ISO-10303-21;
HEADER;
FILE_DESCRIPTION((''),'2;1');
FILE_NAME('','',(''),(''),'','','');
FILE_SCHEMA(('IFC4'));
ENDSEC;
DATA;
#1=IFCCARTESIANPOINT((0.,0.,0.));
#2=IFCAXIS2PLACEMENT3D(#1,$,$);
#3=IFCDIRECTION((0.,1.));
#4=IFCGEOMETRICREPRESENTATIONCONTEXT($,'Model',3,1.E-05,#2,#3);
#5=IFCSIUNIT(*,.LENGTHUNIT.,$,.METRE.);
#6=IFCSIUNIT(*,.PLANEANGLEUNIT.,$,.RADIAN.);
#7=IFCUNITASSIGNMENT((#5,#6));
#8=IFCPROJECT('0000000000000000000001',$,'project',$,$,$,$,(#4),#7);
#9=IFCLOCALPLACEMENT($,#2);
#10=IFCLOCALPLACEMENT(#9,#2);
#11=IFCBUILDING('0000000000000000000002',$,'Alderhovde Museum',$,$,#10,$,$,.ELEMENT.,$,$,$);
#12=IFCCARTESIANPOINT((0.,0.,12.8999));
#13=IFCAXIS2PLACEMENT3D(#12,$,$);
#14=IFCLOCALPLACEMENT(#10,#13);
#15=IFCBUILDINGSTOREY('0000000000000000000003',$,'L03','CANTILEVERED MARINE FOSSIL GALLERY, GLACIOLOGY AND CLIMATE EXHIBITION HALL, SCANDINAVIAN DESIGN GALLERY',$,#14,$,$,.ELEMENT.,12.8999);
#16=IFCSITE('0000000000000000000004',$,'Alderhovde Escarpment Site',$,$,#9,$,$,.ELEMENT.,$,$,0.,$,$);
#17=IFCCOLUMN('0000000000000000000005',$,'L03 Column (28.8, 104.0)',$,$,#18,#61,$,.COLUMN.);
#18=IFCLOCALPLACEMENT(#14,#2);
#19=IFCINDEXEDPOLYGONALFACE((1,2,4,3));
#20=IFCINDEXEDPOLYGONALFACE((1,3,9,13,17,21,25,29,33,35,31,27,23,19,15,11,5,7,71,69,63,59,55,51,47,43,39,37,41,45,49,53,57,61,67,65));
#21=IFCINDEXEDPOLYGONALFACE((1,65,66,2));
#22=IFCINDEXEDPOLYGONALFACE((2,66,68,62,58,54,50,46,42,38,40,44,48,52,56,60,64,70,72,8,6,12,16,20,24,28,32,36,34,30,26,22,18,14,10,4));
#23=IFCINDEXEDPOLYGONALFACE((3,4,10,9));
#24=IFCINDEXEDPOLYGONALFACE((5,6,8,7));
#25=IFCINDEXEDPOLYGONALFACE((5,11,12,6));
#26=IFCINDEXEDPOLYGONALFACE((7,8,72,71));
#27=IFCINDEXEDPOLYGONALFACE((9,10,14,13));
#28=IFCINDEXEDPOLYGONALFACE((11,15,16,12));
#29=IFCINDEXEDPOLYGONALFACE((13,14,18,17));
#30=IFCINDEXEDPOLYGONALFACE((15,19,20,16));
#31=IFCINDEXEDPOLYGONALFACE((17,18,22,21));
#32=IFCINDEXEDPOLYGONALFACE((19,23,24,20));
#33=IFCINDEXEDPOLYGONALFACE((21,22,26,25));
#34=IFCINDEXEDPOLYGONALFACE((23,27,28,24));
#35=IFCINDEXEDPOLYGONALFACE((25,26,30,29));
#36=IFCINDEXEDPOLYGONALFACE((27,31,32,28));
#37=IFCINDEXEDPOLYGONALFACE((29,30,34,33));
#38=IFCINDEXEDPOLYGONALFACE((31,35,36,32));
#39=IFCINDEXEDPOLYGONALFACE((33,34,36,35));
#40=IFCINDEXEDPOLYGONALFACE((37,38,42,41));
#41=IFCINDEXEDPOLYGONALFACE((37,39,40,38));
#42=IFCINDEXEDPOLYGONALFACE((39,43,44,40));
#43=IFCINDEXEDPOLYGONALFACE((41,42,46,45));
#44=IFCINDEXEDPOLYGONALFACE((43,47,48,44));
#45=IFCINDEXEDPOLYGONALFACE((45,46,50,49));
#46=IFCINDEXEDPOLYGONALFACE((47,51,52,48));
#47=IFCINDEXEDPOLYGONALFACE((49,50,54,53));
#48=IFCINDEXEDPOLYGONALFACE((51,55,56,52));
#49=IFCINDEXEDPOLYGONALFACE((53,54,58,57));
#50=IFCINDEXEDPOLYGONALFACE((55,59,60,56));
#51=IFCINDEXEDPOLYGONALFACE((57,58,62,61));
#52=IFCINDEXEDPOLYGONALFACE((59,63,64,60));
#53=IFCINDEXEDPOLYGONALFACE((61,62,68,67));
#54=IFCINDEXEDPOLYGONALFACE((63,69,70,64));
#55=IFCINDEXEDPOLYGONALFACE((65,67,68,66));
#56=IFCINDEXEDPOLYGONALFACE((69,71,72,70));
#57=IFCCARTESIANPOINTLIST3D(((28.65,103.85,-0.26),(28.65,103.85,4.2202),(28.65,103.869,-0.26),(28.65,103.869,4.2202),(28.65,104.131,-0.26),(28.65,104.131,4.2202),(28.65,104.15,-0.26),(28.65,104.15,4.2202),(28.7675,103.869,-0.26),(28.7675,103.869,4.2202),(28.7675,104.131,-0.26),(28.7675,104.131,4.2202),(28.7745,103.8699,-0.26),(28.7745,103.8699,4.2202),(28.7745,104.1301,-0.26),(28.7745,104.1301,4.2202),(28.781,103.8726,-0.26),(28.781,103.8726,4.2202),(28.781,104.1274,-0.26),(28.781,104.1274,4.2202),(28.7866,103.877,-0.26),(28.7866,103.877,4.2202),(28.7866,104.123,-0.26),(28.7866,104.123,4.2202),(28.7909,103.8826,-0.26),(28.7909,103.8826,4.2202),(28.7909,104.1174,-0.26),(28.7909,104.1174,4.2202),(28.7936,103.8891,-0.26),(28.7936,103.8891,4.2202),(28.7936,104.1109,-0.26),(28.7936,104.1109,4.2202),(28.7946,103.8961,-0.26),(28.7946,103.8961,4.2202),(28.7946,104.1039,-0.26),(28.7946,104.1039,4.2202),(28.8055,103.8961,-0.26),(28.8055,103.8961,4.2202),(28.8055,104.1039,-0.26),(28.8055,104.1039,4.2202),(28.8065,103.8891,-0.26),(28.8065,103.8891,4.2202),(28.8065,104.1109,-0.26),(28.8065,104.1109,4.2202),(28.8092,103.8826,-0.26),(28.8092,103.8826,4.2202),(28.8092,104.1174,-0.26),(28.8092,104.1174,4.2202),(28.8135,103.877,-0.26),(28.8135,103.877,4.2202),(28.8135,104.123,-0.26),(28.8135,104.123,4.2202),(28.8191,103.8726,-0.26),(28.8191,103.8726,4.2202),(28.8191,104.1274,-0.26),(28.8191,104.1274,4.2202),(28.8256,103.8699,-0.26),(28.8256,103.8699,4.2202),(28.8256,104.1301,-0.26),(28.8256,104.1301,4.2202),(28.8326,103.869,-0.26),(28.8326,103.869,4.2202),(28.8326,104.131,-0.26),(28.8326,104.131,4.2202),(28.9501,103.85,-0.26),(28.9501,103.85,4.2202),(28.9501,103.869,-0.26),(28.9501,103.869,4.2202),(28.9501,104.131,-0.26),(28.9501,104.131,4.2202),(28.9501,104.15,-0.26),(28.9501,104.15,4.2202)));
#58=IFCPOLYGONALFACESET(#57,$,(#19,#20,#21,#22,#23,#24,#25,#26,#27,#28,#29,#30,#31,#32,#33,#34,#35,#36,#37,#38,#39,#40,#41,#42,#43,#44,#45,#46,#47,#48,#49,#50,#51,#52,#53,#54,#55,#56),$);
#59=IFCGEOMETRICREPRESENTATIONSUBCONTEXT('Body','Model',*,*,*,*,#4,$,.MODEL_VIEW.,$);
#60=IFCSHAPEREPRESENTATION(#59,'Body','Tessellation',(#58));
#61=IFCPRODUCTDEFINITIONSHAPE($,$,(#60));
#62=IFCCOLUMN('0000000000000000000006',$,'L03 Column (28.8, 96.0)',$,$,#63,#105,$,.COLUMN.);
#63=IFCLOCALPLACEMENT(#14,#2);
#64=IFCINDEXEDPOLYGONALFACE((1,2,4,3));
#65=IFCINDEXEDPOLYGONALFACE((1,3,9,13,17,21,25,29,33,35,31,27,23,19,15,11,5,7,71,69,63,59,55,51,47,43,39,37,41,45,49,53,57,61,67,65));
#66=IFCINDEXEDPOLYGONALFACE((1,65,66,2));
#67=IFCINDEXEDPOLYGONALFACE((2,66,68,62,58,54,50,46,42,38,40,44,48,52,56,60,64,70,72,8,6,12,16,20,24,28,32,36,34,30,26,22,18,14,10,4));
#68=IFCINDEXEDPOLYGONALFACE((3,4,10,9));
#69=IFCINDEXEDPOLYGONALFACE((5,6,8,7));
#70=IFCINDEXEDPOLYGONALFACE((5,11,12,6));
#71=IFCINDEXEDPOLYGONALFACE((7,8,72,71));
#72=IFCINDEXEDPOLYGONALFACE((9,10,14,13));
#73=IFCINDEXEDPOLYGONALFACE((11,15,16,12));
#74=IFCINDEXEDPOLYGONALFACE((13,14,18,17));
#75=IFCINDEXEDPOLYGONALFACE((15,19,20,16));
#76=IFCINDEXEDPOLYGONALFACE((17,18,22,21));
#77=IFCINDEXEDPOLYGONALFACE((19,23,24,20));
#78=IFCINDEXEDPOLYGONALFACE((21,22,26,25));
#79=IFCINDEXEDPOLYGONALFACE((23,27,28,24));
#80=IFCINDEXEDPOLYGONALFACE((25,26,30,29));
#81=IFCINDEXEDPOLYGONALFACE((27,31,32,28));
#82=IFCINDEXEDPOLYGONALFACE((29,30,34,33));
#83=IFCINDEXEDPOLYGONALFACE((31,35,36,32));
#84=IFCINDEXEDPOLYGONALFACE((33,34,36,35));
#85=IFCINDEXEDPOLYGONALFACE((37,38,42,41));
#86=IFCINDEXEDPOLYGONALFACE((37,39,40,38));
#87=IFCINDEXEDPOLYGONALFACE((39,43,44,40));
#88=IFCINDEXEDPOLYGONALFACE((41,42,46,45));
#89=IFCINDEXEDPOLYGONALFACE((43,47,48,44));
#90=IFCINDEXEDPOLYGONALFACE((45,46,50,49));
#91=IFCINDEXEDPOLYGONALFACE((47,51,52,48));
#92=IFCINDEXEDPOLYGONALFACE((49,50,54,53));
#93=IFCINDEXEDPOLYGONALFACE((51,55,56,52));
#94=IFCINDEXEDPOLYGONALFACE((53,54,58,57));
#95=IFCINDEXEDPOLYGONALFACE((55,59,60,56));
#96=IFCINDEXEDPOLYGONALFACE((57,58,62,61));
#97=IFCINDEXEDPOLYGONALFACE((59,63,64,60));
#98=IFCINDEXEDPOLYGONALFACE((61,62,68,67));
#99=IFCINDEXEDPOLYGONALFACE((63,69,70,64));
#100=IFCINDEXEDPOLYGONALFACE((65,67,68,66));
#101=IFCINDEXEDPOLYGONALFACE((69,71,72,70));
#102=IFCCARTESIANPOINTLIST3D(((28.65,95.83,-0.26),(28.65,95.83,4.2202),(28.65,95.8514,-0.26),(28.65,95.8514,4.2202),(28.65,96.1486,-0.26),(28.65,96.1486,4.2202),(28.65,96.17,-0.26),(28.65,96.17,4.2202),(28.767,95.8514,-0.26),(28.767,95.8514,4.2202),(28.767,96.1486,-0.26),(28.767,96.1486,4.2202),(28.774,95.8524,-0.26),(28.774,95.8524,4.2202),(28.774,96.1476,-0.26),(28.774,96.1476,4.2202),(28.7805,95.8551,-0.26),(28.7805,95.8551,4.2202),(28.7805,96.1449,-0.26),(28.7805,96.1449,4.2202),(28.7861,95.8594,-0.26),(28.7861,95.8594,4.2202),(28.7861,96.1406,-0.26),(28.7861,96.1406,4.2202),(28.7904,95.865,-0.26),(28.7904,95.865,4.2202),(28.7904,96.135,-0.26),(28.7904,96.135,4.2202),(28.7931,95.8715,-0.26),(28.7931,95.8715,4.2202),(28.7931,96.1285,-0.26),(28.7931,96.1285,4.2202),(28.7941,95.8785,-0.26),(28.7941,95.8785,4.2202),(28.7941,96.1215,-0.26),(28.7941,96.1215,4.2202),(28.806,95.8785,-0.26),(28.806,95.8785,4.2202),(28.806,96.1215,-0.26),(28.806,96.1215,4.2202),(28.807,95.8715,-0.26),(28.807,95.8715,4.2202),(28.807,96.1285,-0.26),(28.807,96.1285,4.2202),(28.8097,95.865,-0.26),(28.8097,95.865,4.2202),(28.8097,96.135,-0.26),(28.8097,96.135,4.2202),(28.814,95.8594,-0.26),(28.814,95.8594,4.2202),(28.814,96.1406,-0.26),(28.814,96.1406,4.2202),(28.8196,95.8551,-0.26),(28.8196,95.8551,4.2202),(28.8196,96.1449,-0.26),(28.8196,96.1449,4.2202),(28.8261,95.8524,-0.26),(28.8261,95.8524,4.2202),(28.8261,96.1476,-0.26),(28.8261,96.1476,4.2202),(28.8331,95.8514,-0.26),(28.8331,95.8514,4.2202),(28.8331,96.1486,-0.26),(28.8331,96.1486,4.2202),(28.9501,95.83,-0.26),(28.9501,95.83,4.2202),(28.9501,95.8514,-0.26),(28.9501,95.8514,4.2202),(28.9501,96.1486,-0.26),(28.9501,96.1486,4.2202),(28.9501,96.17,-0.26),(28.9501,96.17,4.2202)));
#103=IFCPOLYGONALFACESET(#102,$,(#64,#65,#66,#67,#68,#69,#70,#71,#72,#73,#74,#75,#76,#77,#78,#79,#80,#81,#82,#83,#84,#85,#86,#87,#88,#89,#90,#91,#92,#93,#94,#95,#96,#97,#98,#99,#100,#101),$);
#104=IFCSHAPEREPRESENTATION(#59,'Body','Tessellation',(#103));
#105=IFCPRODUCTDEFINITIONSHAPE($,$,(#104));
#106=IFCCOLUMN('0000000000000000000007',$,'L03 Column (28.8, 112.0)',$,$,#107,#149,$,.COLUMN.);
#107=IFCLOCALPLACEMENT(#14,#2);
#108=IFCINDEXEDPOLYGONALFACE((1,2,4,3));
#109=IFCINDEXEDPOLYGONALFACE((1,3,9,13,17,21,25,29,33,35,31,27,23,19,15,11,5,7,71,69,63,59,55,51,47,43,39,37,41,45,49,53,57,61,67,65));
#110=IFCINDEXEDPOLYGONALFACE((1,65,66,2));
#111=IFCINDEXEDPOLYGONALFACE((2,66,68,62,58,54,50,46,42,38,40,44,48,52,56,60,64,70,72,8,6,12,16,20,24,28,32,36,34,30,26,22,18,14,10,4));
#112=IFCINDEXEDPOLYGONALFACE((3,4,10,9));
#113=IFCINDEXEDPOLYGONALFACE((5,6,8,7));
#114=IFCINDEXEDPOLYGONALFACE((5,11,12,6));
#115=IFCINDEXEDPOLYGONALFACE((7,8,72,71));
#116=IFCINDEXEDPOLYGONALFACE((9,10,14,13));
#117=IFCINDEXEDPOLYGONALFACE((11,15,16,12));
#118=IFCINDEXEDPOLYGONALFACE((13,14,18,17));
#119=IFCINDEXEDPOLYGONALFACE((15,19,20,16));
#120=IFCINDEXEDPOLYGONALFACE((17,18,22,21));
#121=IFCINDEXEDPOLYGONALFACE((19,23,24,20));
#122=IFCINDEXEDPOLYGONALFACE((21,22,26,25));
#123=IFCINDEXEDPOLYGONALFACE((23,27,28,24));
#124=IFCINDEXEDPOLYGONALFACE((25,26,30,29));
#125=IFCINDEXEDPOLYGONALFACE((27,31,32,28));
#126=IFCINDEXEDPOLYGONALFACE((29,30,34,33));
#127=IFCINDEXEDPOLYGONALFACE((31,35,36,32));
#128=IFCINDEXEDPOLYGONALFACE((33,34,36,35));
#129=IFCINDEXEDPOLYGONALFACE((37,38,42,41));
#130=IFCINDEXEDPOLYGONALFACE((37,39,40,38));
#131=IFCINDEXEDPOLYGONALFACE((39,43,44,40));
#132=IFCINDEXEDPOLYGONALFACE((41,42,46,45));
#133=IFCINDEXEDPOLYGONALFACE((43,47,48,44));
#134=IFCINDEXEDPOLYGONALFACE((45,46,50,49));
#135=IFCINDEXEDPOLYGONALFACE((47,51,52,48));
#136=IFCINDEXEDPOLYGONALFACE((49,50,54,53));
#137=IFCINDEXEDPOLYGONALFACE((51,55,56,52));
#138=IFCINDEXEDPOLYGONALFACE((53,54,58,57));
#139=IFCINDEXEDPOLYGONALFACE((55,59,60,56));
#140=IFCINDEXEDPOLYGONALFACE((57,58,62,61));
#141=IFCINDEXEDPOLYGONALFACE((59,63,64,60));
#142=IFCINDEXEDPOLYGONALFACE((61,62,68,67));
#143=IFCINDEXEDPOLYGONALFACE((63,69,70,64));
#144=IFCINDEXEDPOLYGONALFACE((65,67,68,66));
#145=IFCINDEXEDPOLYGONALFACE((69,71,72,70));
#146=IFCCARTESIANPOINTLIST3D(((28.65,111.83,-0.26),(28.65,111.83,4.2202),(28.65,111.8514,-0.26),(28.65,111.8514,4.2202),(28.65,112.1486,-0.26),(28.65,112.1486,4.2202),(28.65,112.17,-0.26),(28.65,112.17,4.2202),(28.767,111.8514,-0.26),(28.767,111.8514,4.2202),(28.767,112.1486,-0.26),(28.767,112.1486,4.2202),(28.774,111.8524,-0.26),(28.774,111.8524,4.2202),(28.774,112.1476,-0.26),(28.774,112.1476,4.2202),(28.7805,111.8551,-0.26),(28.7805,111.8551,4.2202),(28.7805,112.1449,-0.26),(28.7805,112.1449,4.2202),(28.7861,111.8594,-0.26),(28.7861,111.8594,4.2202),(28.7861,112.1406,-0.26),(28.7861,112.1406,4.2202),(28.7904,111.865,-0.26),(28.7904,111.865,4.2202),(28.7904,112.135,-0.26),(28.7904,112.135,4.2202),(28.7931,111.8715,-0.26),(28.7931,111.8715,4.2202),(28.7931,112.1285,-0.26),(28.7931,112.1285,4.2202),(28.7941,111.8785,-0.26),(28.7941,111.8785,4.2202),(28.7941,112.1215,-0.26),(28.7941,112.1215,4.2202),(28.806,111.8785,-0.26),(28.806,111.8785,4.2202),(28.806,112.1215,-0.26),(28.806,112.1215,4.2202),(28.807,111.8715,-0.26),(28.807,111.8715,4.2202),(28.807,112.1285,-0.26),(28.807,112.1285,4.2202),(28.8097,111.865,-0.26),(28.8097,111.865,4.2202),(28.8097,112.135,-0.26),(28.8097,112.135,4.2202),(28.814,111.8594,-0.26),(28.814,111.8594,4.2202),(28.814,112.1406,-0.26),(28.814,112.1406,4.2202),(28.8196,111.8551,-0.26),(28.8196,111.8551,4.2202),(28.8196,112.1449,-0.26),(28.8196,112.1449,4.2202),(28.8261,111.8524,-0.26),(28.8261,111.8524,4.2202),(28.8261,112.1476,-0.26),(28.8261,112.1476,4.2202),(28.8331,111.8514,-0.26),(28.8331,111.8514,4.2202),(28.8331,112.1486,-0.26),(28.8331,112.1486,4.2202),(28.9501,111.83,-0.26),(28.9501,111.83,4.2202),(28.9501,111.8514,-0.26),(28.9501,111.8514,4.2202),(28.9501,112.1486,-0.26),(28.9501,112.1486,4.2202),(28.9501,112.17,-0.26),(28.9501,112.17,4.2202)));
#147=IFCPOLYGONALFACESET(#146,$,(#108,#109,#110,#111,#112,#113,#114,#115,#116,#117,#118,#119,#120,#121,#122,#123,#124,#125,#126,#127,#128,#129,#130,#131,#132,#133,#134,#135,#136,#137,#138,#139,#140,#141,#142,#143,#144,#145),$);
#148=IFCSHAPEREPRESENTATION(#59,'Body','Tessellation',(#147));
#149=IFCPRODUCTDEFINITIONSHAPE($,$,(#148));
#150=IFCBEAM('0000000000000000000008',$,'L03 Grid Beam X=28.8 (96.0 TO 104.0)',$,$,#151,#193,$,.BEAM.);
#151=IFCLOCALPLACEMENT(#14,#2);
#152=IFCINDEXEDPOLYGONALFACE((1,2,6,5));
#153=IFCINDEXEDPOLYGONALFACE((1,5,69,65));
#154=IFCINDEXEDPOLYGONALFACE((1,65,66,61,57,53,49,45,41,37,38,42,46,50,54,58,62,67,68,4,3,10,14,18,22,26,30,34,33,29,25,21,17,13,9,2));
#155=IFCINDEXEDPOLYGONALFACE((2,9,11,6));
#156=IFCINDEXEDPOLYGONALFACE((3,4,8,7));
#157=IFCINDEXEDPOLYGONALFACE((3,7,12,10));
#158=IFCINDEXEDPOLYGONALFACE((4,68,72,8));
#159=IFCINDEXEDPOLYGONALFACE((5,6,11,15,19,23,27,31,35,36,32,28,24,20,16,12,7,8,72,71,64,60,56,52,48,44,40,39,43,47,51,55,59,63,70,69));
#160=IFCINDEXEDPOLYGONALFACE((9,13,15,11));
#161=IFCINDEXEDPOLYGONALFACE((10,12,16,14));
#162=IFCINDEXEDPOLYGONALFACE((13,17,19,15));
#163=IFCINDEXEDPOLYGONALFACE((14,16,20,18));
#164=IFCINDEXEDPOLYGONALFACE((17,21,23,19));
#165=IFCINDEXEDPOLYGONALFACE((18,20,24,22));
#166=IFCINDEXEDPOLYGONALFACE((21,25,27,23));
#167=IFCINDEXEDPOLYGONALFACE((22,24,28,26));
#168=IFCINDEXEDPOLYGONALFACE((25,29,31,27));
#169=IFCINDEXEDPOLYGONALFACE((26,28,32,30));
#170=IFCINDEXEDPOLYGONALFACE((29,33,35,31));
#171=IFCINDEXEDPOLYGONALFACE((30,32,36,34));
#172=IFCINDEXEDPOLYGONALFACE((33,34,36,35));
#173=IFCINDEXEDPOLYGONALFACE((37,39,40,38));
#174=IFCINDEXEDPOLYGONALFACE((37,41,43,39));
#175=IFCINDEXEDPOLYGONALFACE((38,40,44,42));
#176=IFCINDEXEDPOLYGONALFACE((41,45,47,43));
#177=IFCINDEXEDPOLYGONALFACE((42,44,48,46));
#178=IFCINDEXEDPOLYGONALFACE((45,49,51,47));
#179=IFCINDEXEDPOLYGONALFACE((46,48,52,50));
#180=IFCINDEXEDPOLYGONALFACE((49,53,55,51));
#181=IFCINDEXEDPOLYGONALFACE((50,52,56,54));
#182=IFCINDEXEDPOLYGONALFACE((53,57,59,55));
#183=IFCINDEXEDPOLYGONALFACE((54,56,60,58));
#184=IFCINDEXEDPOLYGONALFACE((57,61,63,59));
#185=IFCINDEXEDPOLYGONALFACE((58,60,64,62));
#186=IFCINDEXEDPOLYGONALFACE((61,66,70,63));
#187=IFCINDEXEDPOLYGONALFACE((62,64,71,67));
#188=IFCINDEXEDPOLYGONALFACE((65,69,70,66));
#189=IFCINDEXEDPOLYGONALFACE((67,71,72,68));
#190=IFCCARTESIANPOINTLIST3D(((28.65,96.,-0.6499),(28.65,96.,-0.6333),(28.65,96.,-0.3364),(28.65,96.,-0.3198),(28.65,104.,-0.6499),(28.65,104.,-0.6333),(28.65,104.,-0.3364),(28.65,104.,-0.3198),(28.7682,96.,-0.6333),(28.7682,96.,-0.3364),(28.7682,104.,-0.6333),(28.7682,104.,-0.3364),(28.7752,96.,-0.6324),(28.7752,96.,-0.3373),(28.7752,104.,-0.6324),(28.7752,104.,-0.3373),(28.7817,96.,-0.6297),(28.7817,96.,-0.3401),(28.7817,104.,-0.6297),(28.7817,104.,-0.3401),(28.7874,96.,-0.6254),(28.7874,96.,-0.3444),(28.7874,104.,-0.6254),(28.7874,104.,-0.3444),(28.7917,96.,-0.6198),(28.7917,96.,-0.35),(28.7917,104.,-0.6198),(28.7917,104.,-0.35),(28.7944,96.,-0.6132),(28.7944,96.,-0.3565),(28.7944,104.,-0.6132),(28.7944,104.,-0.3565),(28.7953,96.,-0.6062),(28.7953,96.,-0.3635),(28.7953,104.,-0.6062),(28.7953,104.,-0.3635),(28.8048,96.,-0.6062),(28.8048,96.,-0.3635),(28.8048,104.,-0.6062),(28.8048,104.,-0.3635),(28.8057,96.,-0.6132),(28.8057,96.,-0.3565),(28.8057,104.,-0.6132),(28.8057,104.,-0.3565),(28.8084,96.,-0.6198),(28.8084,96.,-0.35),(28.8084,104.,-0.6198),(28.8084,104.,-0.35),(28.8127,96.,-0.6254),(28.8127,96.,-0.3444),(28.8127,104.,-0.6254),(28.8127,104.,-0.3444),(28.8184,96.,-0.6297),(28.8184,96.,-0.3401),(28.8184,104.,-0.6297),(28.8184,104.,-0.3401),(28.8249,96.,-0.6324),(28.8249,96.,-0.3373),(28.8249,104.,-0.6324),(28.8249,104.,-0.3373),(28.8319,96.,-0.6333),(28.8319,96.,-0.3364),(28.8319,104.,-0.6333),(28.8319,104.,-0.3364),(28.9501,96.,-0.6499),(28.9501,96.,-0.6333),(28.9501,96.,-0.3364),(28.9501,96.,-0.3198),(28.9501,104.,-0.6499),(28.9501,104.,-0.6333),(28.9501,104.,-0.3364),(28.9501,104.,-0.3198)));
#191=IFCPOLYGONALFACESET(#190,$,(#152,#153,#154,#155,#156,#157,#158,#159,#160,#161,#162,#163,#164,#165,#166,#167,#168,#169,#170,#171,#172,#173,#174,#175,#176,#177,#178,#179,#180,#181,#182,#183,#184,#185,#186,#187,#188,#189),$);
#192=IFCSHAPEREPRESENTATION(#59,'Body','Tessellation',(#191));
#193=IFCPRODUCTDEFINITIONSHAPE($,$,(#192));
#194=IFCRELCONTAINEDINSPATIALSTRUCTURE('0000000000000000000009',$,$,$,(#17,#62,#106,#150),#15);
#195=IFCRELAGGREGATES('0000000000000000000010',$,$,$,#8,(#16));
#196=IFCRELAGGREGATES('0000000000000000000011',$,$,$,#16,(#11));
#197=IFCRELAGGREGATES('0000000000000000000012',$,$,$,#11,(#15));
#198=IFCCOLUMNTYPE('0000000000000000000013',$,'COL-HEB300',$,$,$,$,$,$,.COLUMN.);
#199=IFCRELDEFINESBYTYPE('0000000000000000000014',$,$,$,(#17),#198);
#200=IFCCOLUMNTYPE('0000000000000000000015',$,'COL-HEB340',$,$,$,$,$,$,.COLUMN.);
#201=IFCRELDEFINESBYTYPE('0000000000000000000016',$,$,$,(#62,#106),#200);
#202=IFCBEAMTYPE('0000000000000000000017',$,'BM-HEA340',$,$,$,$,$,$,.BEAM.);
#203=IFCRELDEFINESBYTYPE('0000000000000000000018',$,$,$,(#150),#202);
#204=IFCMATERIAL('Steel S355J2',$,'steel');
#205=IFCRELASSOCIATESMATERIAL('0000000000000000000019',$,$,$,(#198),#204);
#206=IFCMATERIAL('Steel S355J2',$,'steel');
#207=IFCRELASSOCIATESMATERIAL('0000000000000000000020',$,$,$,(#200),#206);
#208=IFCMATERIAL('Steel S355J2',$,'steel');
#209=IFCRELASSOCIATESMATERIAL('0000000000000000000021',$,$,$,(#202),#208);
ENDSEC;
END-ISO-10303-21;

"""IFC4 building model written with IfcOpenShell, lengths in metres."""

from ifc_helpers import new_model, si_unit, direction, frame, origin, origin_2d, place, context, subcontext, project, spatial, i_section, extrude, material, material_profile, profile_set, type_object, element, save


model = new_model("IFC4")

# Units and contexts
model_context = context("Model", 3, precision=1e-05, world=origin(), true_north=direction((0.0, 1.0)))
body_context = subcontext(model_context, "Body", "Model", "MODEL_VIEW")
ifc_project = project(units=[si_unit("LENGTHUNIT", "METRE"), si_unit("PLANEANGLEUNIT", "RADIAN")], contexts=[model_context])

# Site, building, storey
site_placement = place(None, origin())
site = spatial("IfcSite", under=ifc_project, at=site_placement, Name="Alderhovde Escarpment Site", CompositionType="ELEMENT", RefElevation=0.0)
building_placement = place(site_placement, origin())
building = spatial("IfcBuilding", under=site, at=building_placement, Name="Alderhovde Museum", CompositionType="ELEMENT")
storey_placement = place(building_placement, frame((0.0, 0.0, 12.8999)))
storey = spatial("IfcBuildingStorey", under=building, at=storey_placement, Name="L03", Description="CANTILEVERED MARINE FOSSIL GALLERY, GLACIOLOGY AND CLIMATE EXHIBITION HALL, SCANDINAVIAN DESIGN GALLERY", CompositionType="ELEMENT", Elevation=12.8999)

# Columns
ifc_material_1 = material(Name="Steel S355J2", Category="steel")
ifc_material_profile_1 = material_profile(ifc_material_1, i_section(OverallWidth=0.3, OverallDepth=0.3, WebThickness=0.011, FlangeThickness=0.019, FilletRadius=0.0271, at=origin_2d()), Name="HEB 300")
ifc_profile_set_1 = profile_set([ifc_material_profile_1], Name="Steel S355J2")
column_type_1 = type_object("IfcColumnType", Name="COL-HEB300", PredefinedType="COLUMN", material=ifc_profile_set_1)
column_placement = place(storey_placement, frame((28.8, 104.0, -0.26), z_axis=(0.0, 0.0, 1.0), x_axis=(1.0, 0.0, 0.0)))
element("IfcColumn", 1, at=column_placement, inside=storey, type_object=column_type_1, Name="L03 Column (28.8, 104.0)", PredefinedType="COLUMN", context=body_context, shape_type="SweptSolid", body=[
    extrude(i_section(OverallWidth=0.3, OverallDepth=0.3, WebThickness=0.011, FlangeThickness=0.019, FilletRadius=0.0271, at=origin_2d()), origin(), (0.0, 0.0, 1.0), 4.4802),
])
ifc_material_2 = material(Name="Steel S355J2", Category="steel")
ifc_material_profile_2 = material_profile(ifc_material_2, i_section(OverallWidth=0.3, OverallDepth=0.3401, WebThickness=0.012, FlangeThickness=0.0215, FilletRadius=0.0271, at=origin_2d()), Name="HEB 340")
ifc_profile_set_2 = profile_set([ifc_material_profile_2], Name="Steel S355J2")
column_type_2 = type_object("IfcColumnType", Name="COL-HEB340", PredefinedType="COLUMN", material=ifc_profile_set_2)
for number, where, z_axis, x_axis, name in (
    (2, (28.8, 96.0, -0.26), (0.0, 0.0, 1.0), (1.0, 0.0, 0.0), "L03 Column (28.8, 96.0)"),
    (3, (28.8, 112.0, -0.26), (0.0, 0.0, 1.0), (1.0, 0.0, 0.0), "L03 Column (28.8, 112.0)"),
):
    element("IfcColumn", number, at=place(storey_placement, frame(where, z_axis=z_axis, x_axis=x_axis)), inside=storey, type_object=column_type_2, Name=name, PredefinedType="COLUMN", context=body_context, shape_type="SweptSolid", body=[
        extrude(i_section(OverallWidth=0.3, OverallDepth=0.3401, WebThickness=0.012, FlangeThickness=0.0215, FilletRadius=0.0271, at=origin_2d()), origin(), (0.0, 0.0, 1.0), 4.4802),
    ])

# Beam
ifc_material_3 = material(Name="Steel S355J2", Category="steel")
ifc_material_profile_3 = material_profile(ifc_material_3, i_section(OverallWidth=0.3, OverallDepth=0.3301, WebThickness=0.0095, FlangeThickness=0.0166, FilletRadius=0.0271, at=origin_2d()), Name="HEA 340")
ifc_profile_set_3 = profile_set([ifc_material_profile_3], Name="Steel S355J2")
beam_type_1 = type_object("IfcBeamType", Name="BM-HEA340", PredefinedType="BEAM", material=ifc_profile_set_3)
for number, where, z_axis, x_axis, name in (
    (4, (28.8, 96.0, -0.4849), (0.0, 1.0, 0.0), (-1.0, 0.0, 0.0), "L03 Grid Beam X=28.8 (96.0 TO 104.0)"),
):
    element("IfcBeam", number, at=place(storey_placement, frame(where, z_axis=z_axis, x_axis=x_axis)), inside=storey, type_object=beam_type_1, Name=name, PredefinedType="BEAM", context=body_context, shape_type="SweptSolid", body=[
        extrude(i_section(OverallWidth=0.3, OverallDepth=0.3301, WebThickness=0.0095, FlangeThickness=0.0166, FilletRadius=0.0271, at=origin_2d()), origin(), (0.0, 0.0, 1.0), 8.0),
    ])

save(model, "model.ifc")
